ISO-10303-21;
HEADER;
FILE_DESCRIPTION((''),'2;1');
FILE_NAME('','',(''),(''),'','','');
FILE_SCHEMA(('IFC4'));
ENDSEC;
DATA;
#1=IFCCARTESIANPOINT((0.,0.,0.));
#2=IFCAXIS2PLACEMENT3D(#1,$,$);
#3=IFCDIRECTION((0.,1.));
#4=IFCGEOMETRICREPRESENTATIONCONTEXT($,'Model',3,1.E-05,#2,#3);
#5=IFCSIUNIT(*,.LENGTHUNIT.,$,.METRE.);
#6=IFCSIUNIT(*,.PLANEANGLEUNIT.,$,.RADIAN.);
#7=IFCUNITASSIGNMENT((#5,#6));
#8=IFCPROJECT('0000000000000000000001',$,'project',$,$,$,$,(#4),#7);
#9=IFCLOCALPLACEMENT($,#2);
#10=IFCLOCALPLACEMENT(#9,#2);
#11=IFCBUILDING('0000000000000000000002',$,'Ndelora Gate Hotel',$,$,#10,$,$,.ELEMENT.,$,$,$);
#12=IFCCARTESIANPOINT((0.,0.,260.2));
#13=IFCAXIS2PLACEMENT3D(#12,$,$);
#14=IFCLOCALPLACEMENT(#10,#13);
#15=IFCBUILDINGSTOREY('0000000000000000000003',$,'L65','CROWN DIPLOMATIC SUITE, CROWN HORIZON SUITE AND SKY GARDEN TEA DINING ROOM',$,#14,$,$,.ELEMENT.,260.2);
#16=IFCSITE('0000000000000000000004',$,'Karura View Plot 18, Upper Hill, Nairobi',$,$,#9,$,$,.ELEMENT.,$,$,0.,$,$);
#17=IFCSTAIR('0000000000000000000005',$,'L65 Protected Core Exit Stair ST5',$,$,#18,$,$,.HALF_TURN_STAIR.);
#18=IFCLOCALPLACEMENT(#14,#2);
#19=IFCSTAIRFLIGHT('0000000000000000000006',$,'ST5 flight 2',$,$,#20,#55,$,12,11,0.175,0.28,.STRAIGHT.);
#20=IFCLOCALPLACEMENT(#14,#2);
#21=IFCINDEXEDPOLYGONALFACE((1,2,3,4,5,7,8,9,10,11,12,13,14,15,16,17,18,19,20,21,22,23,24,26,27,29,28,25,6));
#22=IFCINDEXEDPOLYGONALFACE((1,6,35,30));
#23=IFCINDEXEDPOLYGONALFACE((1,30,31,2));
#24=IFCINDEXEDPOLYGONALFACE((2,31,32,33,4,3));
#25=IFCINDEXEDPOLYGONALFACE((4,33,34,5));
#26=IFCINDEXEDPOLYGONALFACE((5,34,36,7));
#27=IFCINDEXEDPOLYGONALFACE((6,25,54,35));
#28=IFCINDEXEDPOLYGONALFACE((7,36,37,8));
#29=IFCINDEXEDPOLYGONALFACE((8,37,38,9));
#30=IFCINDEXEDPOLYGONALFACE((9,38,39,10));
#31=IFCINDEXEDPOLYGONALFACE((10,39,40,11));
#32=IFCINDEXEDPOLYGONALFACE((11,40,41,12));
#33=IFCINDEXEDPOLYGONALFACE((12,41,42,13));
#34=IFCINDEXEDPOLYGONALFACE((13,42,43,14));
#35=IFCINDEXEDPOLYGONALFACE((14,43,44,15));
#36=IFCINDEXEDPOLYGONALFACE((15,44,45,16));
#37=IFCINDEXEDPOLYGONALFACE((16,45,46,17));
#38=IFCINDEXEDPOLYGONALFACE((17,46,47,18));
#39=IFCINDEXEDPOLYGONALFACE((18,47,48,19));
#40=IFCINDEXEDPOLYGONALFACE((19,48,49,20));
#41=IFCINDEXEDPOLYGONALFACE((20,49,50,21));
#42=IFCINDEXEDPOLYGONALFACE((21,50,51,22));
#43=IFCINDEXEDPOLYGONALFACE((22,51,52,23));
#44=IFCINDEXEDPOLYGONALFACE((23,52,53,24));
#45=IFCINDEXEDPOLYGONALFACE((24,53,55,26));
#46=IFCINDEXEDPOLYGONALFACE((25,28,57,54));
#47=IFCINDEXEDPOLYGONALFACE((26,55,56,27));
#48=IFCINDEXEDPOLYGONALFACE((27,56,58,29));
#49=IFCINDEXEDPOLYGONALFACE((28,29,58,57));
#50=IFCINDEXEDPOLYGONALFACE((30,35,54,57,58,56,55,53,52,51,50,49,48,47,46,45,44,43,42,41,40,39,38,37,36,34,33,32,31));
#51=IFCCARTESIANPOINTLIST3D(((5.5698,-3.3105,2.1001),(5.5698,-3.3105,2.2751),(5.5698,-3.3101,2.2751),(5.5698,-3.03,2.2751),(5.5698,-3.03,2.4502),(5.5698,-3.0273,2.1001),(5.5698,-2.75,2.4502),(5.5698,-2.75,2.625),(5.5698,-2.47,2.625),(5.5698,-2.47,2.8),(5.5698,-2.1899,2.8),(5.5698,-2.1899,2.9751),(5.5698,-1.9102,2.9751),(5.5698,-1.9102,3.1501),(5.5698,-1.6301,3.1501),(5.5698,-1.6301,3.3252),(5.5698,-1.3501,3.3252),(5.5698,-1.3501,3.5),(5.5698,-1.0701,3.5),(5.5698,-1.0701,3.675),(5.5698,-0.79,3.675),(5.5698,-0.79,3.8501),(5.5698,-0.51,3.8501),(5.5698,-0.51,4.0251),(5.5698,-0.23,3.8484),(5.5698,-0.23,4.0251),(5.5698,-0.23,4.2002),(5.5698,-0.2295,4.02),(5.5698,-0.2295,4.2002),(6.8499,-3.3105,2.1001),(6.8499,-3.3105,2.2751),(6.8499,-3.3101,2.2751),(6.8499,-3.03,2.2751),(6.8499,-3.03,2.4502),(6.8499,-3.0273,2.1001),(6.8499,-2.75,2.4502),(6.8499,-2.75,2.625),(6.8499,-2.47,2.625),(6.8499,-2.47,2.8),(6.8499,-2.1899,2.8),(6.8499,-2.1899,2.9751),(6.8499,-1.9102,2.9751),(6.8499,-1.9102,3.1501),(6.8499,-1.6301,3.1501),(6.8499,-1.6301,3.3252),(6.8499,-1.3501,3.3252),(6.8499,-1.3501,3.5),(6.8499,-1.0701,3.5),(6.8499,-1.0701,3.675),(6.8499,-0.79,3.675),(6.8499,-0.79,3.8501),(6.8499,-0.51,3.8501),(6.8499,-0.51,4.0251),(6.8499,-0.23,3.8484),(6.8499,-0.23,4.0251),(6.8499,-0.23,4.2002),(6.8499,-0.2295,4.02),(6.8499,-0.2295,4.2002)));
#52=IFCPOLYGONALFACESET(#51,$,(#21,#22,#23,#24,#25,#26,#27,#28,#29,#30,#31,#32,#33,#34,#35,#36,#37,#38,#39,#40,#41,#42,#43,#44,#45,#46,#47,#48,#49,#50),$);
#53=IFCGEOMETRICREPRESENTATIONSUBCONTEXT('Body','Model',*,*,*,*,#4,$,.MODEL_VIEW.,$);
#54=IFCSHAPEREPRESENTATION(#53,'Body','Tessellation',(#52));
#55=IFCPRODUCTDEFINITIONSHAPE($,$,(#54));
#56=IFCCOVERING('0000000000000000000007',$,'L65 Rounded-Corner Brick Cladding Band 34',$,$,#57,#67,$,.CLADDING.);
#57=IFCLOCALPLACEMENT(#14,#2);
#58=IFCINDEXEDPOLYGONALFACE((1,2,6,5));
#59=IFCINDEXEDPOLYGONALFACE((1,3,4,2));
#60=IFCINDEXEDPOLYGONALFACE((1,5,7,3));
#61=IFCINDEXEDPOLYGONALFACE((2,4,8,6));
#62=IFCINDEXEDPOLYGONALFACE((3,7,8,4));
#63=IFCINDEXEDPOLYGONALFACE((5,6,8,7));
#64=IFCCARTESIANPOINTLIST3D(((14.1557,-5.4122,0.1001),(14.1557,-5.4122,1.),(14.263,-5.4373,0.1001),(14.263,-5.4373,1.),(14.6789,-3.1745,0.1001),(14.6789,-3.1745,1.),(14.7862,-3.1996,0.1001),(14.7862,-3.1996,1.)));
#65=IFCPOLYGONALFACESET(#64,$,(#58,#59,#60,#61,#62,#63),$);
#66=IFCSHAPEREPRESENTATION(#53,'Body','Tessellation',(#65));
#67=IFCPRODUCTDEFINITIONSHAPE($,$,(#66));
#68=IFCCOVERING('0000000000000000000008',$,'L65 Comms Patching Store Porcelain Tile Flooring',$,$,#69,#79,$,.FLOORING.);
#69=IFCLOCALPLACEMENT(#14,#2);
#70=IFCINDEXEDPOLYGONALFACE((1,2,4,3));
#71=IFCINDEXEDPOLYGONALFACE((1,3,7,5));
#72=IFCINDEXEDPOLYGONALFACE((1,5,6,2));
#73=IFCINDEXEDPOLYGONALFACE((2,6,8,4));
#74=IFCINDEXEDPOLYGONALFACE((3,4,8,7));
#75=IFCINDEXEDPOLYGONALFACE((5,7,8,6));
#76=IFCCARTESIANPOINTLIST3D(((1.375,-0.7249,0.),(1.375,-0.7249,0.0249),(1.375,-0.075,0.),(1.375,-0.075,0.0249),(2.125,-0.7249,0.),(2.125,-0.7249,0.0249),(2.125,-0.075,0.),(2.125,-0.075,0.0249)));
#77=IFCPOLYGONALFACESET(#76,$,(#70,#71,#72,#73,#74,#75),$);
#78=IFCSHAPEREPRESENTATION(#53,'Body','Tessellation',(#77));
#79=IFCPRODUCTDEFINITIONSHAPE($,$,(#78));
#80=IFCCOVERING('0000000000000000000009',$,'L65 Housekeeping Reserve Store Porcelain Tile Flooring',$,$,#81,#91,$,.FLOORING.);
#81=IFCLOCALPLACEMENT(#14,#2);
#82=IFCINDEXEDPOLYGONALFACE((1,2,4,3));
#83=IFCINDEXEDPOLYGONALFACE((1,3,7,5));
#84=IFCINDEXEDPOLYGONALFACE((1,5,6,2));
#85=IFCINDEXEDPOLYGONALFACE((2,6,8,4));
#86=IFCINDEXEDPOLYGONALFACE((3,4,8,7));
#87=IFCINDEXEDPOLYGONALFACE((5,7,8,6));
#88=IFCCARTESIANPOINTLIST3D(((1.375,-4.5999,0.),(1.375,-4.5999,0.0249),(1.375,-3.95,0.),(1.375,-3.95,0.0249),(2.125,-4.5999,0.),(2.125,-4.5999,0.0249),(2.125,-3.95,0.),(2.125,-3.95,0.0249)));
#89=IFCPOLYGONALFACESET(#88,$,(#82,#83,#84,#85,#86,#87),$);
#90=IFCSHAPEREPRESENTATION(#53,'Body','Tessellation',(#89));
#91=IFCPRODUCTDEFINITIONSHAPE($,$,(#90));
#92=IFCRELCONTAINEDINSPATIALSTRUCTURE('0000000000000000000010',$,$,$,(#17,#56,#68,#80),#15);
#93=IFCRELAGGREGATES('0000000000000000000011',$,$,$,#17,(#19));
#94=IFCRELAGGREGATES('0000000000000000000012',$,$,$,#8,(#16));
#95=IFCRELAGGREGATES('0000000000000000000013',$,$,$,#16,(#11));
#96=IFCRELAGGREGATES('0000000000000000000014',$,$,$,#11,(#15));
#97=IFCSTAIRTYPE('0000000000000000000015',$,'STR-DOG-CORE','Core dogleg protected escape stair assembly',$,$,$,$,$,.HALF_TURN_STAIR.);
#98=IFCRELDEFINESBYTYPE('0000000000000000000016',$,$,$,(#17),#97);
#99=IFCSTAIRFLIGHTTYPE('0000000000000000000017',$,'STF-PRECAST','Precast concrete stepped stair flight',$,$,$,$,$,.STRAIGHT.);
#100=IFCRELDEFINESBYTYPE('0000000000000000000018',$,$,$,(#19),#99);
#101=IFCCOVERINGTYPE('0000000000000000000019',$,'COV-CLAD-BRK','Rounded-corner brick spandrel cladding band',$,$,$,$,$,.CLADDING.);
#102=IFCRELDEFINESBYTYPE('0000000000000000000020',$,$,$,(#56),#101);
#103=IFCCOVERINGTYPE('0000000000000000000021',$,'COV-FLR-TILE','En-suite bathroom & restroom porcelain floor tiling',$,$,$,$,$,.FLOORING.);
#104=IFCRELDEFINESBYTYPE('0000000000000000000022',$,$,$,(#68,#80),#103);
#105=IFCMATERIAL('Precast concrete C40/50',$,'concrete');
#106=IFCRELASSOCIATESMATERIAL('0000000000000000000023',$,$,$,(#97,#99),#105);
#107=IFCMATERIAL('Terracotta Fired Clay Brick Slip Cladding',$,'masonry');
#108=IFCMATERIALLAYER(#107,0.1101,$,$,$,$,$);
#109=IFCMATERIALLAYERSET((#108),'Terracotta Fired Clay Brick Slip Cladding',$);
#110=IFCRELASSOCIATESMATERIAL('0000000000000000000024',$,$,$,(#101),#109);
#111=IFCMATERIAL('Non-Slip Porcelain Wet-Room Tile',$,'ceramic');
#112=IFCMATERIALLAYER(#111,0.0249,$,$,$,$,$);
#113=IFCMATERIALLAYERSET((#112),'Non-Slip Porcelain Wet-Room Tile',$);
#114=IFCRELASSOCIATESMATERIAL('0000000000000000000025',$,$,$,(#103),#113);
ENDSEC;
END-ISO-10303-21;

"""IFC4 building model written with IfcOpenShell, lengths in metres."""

from ifc_helpers import new_model, si_unit, direction, frame, origin, origin_2d, place, context, subcontext, project, spatial, polyline, rectangle, outline, extrude, material, layer, layer_set, type_object, element, aggregate, save


model = new_model("IFC4")

# Units and contexts
model_context = context("Model", 3, precision=1e-05, world=origin(), true_north=direction((0.0, 1.0)))
body_context = subcontext(model_context, "Body", "Model", "MODEL_VIEW")
ifc_project = project(units=[si_unit("LENGTHUNIT", "METRE"), si_unit("PLANEANGLEUNIT", "RADIAN")], contexts=[model_context])

# Site, building, storey
site_placement = place(None, origin())
site = spatial("IfcSite", under=ifc_project, at=site_placement, Name="Karura View Plot 18, Upper Hill, Nairobi", CompositionType="ELEMENT", RefElevation=0.0)
building_placement = place(site_placement, origin())
building = spatial("IfcBuilding", under=site, at=building_placement, Name="Ndelora Gate Hotel", CompositionType="ELEMENT")
storey_placement = place(building_placement, frame((0.0, 0.0, 260.2)))
storey = spatial("IfcBuildingStorey", under=building, at=storey_placement, Name="L65", Description="CROWN DIPLOMATIC SUITE, CROWN HORIZON SUITE AND SKY GARDEN TEA DINING ROOM", CompositionType="ELEMENT", Elevation=260.2)

# Stair, stair flight
ifc_material_1 = material(Name="Precast concrete C40/50", Category="concrete")
stair_type = type_object("IfcStairType", Name="STR-DOG-CORE", Description="Core dogleg protected escape stair assembly", PredefinedType="HALF_TURN_STAIR", material=ifc_material_1)
stair_placement = place(storey_placement, origin())
stair = element("IfcStair", 1, at=stair_placement, inside=storey, type_object=stair_type, Name="L65 Protected Core Exit Stair ST5", PredefinedType="HALF_TURN_STAIR")
stair_flight_type = type_object("IfcStairFlightType", Name="STF-PRECAST", Description="Precast concrete stepped stair flight", PredefinedType="STRAIGHT", material=ifc_material_1)
stair_flight_1_placement = place(storey_placement, frame((6.21, -3.3101, 2.1001), z_axis=(0.0, 0.0, 1.0), x_axis=(0.0, 1.0, 0.0)))
stair_flight_1 = element("IfcStairFlight", 2, at=stair_flight_1_placement, type_object=stair_flight_type, Name="ST5 flight 2", NumberOfRisers=12, NumberOfTreads=11, PredefinedType="STRAIGHT", RiserHeight=0.175, TreadLength=0.28, context=body_context, shape_type="SweptSolid", body=[
    extrude(outline(polyline([(-0.0005, 0.0), (-0.0005, 0.175), (0.0, 0.175), (0.28, 0.175), (0.28, 0.3501), (0.5601, 0.3501), (0.5601, 0.5249), (0.8401, 0.5249), (0.8401, 0.7), (1.1201, 0.7), (1.1201, 0.875), (1.3999, 0.875), (1.3999, 1.05), (1.6799, 1.05), (1.6799, 1.2251), (1.96, 1.2251), (1.96, 1.3999), (2.24, 1.3999), (2.24, 1.575), (2.52, 1.575), (2.52, 1.75), (2.8, 1.75), (2.8, 1.925), (3.0801, 1.925), (3.0801, 2.1001), (3.0806, 2.1001), (3.0806, 1.9199), (3.0801, 1.7483), (0.2827, 0.0), (-0.0005, 0.0)])), frame((0.0, 0.6401, 0.0), z_axis=(0.0, -1.0, 0.0), x_axis=(1.0, 0.0, 0.0)), (0.0, 0.0, 1.0), 1.28),
])
aggregate(stair, [stair_flight_1])

# Coverings
ifc_material_2 = material(Name="Terracotta Fired Clay Brick Slip Cladding", Category="masonry")
ifc_layer_1 = layer(ifc_material_2, 0.1101)
ifc_layer_set_1 = layer_set([ifc_layer_1], Name="Terracotta Fired Clay Brick Slip Cladding")
covering_type_1 = type_object("IfcCoveringType", Name="COV-CLAD-BRK", Description="Rounded-corner brick spandrel cladding band", PredefinedType="CLADDING", material=ifc_layer_set_1)
covering_placement = place(storey_placement, frame((14.4709, -4.3059, 0.1001), z_axis=(0.0, 0.0, 1.0), x_axis=(0.227671, 0.973738, 0.0)))
element("IfcCovering", 3, at=covering_placement, inside=storey, type_object=covering_type_1, Name="L65 Rounded-Corner Brick Cladding Band 34", PredefinedType="CLADDING", context=body_context, shape_type="SweptSolid", body=[
    extrude(rectangle(XDim=2.2981, YDim=0.1101, at=origin_2d()), origin(), (0.0, 0.0, 1.0), 0.8999),
])
ifc_material_3 = material(Name="Non-Slip Porcelain Wet-Room Tile", Category="ceramic")
ifc_layer_2 = layer(ifc_material_3, 0.0249)
ifc_layer_set_2 = layer_set([ifc_layer_2], Name="Non-Slip Porcelain Wet-Room Tile")
covering_type_2 = type_object("IfcCoveringType", Name="COV-FLR-TILE", Description="En-suite bathroom & restroom porcelain floor tiling", PredefinedType="FLOORING", material=ifc_layer_set_2)
for number, where, z_axis, x_axis, name in (
    (4, (1.75, -0.3999, 0.0), (0.0, 0.0, 1.0), (1.0, 0.0, 0.0), "L65 Comms Patching Store Porcelain Tile Flooring"),
    (5, (1.75, -4.2749, 0.0), (0.0, 0.0, 1.0), (1.0, 0.0, 0.0), "L65 Housekeeping Reserve Store Porcelain Tile Flooring"),
):
    element("IfcCovering", number, at=place(storey_placement, frame(where, z_axis=z_axis, x_axis=x_axis)), inside=storey, type_object=covering_type_2, Name=name, PredefinedType="FLOORING", context=body_context, shape_type="SweptSolid", body=[
        extrude(rectangle(XDim=0.75, YDim=0.6499, at=origin_2d()), origin(), (0.0, 0.0, 1.0), 0.0249),
    ])

save(model, "model.ifc")
